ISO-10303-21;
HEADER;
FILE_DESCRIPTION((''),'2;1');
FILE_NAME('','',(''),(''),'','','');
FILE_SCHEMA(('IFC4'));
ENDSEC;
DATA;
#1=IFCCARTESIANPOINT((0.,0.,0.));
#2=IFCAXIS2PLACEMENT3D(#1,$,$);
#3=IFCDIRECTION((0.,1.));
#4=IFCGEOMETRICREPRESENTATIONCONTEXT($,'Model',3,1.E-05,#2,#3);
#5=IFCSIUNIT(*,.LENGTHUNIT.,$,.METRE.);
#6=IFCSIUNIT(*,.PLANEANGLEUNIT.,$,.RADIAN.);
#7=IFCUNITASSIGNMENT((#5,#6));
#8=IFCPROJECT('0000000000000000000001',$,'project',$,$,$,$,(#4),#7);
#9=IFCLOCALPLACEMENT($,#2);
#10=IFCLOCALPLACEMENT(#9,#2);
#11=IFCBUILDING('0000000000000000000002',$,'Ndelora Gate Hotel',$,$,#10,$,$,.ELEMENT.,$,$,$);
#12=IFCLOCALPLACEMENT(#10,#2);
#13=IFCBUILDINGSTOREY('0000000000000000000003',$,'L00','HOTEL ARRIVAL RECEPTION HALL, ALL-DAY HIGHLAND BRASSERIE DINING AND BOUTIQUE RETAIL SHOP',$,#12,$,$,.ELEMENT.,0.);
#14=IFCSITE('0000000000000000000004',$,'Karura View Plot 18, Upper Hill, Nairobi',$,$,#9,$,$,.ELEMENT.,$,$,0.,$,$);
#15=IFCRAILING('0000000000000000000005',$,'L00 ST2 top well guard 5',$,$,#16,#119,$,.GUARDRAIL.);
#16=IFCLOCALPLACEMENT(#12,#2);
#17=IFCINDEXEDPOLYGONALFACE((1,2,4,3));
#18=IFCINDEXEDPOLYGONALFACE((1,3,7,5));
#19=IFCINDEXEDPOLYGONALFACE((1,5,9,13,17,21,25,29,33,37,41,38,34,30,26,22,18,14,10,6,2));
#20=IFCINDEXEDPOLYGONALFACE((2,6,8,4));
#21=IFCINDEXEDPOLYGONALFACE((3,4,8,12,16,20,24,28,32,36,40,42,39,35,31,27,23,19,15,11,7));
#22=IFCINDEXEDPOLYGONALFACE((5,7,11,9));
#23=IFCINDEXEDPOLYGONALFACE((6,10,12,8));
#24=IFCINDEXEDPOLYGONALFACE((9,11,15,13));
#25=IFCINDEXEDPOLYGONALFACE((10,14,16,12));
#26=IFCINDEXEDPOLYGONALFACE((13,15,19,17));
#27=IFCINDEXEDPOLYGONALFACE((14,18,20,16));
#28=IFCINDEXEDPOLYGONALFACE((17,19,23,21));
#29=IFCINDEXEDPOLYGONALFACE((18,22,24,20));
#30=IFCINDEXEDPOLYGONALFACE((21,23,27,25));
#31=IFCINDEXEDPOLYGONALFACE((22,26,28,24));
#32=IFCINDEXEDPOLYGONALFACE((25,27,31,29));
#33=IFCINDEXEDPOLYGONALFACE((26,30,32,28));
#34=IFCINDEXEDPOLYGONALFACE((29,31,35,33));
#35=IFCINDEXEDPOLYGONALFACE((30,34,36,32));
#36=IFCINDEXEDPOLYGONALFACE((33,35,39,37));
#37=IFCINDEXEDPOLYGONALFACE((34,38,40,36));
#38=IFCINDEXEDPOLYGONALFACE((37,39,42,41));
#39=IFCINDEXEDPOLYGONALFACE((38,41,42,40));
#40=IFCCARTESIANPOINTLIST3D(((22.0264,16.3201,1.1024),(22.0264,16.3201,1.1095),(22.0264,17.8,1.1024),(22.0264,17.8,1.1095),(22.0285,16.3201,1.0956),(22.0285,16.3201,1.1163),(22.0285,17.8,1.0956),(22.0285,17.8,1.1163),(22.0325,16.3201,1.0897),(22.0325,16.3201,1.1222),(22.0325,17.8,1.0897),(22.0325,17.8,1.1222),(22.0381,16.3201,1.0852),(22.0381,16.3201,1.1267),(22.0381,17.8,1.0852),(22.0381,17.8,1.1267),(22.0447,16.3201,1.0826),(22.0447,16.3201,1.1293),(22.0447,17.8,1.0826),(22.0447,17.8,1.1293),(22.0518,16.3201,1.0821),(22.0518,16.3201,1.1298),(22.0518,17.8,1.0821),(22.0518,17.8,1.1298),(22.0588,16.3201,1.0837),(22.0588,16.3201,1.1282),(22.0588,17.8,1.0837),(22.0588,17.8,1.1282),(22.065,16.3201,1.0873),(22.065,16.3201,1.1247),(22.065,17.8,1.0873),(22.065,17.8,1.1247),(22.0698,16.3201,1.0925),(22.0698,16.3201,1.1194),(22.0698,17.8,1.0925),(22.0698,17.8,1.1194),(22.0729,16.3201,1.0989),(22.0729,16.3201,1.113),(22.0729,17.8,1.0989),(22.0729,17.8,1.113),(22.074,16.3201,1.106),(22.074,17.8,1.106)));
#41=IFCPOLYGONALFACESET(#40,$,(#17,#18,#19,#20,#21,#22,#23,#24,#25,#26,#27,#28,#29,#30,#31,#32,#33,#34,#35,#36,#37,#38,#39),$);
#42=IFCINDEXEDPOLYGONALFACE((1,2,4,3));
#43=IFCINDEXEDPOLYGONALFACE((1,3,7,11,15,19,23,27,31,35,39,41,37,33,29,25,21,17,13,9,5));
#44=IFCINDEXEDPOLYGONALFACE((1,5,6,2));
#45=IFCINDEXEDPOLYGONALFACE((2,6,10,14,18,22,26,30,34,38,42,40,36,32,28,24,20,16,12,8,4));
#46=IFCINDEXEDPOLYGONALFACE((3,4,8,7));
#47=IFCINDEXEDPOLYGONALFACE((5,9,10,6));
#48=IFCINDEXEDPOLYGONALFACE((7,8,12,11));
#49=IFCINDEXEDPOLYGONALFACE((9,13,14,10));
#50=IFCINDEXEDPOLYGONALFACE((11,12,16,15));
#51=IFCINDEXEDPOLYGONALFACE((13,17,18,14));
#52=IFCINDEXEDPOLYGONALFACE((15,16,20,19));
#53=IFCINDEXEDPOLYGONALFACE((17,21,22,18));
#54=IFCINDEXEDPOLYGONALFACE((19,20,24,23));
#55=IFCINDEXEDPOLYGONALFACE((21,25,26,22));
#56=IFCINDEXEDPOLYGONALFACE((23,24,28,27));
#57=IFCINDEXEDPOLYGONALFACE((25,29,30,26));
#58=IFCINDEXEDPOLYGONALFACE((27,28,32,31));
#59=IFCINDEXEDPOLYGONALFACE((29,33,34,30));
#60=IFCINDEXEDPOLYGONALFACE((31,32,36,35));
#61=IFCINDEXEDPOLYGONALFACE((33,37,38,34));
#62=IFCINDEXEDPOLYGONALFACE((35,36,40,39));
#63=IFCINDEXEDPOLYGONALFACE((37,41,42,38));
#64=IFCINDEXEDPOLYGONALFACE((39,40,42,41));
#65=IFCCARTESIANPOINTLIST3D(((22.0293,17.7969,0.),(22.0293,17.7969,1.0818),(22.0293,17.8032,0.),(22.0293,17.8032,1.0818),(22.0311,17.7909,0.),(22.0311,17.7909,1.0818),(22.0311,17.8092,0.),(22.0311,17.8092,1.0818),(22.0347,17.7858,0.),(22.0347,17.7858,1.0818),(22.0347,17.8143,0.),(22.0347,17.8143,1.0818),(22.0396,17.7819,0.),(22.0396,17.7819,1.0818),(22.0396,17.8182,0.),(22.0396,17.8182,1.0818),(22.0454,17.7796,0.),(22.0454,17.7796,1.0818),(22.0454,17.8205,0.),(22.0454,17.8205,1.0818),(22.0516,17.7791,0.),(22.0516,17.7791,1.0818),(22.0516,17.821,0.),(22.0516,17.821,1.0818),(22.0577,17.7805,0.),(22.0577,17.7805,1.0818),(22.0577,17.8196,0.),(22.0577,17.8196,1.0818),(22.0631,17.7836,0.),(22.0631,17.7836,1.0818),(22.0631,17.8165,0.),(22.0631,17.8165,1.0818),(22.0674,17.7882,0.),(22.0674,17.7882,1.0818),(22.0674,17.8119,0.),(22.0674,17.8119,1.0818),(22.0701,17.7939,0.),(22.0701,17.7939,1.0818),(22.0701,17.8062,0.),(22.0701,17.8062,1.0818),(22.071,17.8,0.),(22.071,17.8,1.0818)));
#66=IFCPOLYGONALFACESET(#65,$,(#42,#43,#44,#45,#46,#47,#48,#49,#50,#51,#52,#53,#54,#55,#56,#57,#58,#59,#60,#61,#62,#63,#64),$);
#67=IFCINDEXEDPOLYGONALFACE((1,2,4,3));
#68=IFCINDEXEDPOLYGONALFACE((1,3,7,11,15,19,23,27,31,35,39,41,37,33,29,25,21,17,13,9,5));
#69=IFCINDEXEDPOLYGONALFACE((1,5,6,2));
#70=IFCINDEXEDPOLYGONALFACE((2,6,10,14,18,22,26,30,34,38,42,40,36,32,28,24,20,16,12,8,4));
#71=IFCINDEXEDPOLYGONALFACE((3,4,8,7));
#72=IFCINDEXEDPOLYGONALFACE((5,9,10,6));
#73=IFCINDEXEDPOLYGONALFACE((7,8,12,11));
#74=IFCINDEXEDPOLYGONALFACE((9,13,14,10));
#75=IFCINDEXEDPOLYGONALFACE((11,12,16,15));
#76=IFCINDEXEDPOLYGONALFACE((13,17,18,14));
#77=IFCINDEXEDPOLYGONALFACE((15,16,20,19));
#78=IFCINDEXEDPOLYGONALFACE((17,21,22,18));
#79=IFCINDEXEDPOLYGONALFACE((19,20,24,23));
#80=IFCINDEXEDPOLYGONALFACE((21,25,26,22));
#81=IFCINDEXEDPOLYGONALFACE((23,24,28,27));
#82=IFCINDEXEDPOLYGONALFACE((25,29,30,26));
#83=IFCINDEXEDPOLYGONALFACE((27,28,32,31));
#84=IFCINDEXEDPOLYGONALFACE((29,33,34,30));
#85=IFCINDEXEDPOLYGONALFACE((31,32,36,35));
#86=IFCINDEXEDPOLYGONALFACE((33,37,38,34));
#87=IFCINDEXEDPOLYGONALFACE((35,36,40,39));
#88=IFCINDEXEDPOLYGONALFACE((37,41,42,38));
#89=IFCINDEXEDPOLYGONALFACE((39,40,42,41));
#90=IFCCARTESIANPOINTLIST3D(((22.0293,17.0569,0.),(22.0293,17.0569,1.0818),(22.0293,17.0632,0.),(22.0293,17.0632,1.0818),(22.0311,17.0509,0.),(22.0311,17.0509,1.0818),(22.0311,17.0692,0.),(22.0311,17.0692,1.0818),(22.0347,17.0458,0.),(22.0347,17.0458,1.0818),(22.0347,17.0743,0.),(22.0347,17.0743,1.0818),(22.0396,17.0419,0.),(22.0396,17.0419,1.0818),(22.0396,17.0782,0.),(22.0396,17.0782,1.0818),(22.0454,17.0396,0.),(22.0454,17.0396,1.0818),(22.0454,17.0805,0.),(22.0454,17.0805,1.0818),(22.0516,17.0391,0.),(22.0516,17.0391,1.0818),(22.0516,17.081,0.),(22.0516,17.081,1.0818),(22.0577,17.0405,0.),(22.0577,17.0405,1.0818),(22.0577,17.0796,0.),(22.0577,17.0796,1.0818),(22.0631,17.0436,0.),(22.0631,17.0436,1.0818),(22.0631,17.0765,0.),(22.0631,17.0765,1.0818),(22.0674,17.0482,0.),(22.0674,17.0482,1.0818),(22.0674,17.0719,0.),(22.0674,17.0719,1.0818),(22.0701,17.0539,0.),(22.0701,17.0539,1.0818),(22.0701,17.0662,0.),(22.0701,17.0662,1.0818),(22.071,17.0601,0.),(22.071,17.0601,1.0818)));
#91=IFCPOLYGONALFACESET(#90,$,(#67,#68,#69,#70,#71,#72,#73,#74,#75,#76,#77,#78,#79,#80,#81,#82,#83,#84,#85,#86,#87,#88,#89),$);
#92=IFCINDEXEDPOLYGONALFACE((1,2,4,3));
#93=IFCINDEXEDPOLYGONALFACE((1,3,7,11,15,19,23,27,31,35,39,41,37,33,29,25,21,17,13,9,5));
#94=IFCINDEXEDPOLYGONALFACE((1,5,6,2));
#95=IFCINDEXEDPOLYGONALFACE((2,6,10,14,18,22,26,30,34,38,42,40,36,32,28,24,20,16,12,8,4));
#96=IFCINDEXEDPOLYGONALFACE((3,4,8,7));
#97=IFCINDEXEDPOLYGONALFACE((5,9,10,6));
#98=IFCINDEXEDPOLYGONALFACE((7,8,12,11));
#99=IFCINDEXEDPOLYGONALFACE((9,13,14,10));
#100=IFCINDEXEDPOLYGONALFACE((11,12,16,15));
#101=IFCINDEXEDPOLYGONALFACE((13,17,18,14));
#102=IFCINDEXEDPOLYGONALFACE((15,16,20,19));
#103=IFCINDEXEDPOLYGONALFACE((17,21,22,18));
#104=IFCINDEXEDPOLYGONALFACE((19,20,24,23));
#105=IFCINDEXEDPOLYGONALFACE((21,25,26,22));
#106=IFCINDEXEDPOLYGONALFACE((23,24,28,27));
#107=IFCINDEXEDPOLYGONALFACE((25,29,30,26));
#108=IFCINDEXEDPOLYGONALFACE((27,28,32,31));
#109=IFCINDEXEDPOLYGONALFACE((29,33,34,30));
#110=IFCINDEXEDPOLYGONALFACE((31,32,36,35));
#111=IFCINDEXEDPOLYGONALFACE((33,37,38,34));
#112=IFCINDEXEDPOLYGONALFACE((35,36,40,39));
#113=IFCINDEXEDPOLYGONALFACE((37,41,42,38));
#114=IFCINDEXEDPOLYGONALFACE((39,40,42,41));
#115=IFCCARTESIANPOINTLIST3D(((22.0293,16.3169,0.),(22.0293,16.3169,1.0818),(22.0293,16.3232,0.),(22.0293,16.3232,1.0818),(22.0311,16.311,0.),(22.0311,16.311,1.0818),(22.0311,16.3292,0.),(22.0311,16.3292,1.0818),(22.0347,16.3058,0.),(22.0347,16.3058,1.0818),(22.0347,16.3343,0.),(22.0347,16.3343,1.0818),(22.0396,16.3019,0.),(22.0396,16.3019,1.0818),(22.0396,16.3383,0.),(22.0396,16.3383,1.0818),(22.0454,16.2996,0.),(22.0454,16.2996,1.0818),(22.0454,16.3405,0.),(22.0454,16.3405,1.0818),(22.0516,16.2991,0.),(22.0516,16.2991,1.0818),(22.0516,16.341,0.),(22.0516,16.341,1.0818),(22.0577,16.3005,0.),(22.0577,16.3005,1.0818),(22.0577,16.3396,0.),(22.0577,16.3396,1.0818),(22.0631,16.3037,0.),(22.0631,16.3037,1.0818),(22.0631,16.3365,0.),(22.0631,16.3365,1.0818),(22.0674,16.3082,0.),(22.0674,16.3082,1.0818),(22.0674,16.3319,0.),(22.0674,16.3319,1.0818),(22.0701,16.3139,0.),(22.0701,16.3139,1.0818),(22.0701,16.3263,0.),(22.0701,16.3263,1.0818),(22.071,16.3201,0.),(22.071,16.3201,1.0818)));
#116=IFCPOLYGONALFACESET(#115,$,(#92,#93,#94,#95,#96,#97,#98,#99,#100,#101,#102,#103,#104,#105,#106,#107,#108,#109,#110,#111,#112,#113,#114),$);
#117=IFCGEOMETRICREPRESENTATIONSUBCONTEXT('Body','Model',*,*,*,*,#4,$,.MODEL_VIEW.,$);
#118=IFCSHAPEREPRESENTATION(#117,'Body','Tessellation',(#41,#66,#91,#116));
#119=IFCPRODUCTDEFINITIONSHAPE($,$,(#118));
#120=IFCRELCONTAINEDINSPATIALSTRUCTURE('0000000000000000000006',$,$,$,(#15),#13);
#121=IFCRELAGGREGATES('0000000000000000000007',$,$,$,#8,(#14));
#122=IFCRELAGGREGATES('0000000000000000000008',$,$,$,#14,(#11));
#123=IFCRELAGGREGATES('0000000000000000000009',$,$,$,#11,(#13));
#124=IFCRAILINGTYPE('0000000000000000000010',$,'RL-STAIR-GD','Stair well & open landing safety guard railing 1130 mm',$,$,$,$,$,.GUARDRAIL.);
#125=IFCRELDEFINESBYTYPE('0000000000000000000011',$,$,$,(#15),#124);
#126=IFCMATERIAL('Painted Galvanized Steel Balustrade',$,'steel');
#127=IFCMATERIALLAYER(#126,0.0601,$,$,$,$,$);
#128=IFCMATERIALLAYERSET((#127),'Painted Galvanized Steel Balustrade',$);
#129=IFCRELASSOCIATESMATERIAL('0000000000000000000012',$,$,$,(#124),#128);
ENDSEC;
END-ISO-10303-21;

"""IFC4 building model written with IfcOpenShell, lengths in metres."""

from ifc_helpers import new_model, si_unit, direction, frame, origin, origin_2d, place, context, subcontext, project, spatial, circle, extrude, material, layer, layer_set, type_object, element, save


model = new_model("IFC4")

# Units and contexts
model_context = context("Model", 3, precision=1e-05, world=origin(), true_north=direction((0.0, 1.0)))
body_context = subcontext(model_context, "Body", "Model", "MODEL_VIEW")
ifc_project = project(units=[si_unit("LENGTHUNIT", "METRE"), si_unit("PLANEANGLEUNIT", "RADIAN")], contexts=[model_context])

# Site, building, storey
site_placement = place(None, origin())
site = spatial("IfcSite", under=ifc_project, at=site_placement, Name="Karura View Plot 18, Upper Hill, Nairobi", CompositionType="ELEMENT", RefElevation=0.0)
building_placement = place(site_placement, origin())
building = spatial("IfcBuilding", under=site, at=building_placement, Name="Ndelora Gate Hotel", CompositionType="ELEMENT")
storey_placement = place(building_placement, origin())
storey = spatial("IfcBuildingStorey", under=building, at=storey_placement, Name="L00", Description="HOTEL ARRIVAL RECEPTION HALL, ALL-DAY HIGHLAND BRASSERIE DINING AND BOUTIQUE RETAIL SHOP", CompositionType="ELEMENT", Elevation=0.0)

# Railing
ifc_material_1 = material(Name="Painted Galvanized Steel Balustrade", Category="steel")
ifc_layer_1 = layer(ifc_material_1, 0.0601)
ifc_layer_set_1 = layer_set([ifc_layer_1], Name="Painted Galvanized Steel Balustrade")
railing_type_1 = type_object("IfcRailingType", Name="RL-STAIR-GD", Description="Stair well & open landing safety guard railing 1130 mm", PredefinedType="GUARDRAIL", material=ifc_layer_set_1)
for number, where, name in (
    (1, (22.05, 17.8, 0.0), "L00 ST2 top well guard 5"),
):
    element("IfcRailing", number, at=place(storey_placement, frame(where)), inside=storey, type_object=railing_type_1, Name=name, PredefinedType="GUARDRAIL", context=body_context, shape_type="SweptSolid", body=[
        extrude(circle(Radius=0.0239, at=origin_2d()), frame((0.0, 0.0, 1.106), z_axis=(0.0, -1.0, 0.0), x_axis=(1.0, 0.0, 0.0)), (0.0, 0.0, 1.0), 1.48),
        extrude(circle(Radius=0.021, at=origin_2d()), origin(), (0.0, 0.0, 1.0), 1.0818),
        extrude(circle(Radius=0.021, at=origin_2d()), frame((0.0, -0.74, 0.0)), (0.0, 0.0, 1.0), 1.0818),
        extrude(circle(Radius=0.021, at=origin_2d()), frame((0.0, -1.48, 0.0)), (0.0, 0.0, 1.0), 1.0818),
    ])

save(model, "model.ifc")
